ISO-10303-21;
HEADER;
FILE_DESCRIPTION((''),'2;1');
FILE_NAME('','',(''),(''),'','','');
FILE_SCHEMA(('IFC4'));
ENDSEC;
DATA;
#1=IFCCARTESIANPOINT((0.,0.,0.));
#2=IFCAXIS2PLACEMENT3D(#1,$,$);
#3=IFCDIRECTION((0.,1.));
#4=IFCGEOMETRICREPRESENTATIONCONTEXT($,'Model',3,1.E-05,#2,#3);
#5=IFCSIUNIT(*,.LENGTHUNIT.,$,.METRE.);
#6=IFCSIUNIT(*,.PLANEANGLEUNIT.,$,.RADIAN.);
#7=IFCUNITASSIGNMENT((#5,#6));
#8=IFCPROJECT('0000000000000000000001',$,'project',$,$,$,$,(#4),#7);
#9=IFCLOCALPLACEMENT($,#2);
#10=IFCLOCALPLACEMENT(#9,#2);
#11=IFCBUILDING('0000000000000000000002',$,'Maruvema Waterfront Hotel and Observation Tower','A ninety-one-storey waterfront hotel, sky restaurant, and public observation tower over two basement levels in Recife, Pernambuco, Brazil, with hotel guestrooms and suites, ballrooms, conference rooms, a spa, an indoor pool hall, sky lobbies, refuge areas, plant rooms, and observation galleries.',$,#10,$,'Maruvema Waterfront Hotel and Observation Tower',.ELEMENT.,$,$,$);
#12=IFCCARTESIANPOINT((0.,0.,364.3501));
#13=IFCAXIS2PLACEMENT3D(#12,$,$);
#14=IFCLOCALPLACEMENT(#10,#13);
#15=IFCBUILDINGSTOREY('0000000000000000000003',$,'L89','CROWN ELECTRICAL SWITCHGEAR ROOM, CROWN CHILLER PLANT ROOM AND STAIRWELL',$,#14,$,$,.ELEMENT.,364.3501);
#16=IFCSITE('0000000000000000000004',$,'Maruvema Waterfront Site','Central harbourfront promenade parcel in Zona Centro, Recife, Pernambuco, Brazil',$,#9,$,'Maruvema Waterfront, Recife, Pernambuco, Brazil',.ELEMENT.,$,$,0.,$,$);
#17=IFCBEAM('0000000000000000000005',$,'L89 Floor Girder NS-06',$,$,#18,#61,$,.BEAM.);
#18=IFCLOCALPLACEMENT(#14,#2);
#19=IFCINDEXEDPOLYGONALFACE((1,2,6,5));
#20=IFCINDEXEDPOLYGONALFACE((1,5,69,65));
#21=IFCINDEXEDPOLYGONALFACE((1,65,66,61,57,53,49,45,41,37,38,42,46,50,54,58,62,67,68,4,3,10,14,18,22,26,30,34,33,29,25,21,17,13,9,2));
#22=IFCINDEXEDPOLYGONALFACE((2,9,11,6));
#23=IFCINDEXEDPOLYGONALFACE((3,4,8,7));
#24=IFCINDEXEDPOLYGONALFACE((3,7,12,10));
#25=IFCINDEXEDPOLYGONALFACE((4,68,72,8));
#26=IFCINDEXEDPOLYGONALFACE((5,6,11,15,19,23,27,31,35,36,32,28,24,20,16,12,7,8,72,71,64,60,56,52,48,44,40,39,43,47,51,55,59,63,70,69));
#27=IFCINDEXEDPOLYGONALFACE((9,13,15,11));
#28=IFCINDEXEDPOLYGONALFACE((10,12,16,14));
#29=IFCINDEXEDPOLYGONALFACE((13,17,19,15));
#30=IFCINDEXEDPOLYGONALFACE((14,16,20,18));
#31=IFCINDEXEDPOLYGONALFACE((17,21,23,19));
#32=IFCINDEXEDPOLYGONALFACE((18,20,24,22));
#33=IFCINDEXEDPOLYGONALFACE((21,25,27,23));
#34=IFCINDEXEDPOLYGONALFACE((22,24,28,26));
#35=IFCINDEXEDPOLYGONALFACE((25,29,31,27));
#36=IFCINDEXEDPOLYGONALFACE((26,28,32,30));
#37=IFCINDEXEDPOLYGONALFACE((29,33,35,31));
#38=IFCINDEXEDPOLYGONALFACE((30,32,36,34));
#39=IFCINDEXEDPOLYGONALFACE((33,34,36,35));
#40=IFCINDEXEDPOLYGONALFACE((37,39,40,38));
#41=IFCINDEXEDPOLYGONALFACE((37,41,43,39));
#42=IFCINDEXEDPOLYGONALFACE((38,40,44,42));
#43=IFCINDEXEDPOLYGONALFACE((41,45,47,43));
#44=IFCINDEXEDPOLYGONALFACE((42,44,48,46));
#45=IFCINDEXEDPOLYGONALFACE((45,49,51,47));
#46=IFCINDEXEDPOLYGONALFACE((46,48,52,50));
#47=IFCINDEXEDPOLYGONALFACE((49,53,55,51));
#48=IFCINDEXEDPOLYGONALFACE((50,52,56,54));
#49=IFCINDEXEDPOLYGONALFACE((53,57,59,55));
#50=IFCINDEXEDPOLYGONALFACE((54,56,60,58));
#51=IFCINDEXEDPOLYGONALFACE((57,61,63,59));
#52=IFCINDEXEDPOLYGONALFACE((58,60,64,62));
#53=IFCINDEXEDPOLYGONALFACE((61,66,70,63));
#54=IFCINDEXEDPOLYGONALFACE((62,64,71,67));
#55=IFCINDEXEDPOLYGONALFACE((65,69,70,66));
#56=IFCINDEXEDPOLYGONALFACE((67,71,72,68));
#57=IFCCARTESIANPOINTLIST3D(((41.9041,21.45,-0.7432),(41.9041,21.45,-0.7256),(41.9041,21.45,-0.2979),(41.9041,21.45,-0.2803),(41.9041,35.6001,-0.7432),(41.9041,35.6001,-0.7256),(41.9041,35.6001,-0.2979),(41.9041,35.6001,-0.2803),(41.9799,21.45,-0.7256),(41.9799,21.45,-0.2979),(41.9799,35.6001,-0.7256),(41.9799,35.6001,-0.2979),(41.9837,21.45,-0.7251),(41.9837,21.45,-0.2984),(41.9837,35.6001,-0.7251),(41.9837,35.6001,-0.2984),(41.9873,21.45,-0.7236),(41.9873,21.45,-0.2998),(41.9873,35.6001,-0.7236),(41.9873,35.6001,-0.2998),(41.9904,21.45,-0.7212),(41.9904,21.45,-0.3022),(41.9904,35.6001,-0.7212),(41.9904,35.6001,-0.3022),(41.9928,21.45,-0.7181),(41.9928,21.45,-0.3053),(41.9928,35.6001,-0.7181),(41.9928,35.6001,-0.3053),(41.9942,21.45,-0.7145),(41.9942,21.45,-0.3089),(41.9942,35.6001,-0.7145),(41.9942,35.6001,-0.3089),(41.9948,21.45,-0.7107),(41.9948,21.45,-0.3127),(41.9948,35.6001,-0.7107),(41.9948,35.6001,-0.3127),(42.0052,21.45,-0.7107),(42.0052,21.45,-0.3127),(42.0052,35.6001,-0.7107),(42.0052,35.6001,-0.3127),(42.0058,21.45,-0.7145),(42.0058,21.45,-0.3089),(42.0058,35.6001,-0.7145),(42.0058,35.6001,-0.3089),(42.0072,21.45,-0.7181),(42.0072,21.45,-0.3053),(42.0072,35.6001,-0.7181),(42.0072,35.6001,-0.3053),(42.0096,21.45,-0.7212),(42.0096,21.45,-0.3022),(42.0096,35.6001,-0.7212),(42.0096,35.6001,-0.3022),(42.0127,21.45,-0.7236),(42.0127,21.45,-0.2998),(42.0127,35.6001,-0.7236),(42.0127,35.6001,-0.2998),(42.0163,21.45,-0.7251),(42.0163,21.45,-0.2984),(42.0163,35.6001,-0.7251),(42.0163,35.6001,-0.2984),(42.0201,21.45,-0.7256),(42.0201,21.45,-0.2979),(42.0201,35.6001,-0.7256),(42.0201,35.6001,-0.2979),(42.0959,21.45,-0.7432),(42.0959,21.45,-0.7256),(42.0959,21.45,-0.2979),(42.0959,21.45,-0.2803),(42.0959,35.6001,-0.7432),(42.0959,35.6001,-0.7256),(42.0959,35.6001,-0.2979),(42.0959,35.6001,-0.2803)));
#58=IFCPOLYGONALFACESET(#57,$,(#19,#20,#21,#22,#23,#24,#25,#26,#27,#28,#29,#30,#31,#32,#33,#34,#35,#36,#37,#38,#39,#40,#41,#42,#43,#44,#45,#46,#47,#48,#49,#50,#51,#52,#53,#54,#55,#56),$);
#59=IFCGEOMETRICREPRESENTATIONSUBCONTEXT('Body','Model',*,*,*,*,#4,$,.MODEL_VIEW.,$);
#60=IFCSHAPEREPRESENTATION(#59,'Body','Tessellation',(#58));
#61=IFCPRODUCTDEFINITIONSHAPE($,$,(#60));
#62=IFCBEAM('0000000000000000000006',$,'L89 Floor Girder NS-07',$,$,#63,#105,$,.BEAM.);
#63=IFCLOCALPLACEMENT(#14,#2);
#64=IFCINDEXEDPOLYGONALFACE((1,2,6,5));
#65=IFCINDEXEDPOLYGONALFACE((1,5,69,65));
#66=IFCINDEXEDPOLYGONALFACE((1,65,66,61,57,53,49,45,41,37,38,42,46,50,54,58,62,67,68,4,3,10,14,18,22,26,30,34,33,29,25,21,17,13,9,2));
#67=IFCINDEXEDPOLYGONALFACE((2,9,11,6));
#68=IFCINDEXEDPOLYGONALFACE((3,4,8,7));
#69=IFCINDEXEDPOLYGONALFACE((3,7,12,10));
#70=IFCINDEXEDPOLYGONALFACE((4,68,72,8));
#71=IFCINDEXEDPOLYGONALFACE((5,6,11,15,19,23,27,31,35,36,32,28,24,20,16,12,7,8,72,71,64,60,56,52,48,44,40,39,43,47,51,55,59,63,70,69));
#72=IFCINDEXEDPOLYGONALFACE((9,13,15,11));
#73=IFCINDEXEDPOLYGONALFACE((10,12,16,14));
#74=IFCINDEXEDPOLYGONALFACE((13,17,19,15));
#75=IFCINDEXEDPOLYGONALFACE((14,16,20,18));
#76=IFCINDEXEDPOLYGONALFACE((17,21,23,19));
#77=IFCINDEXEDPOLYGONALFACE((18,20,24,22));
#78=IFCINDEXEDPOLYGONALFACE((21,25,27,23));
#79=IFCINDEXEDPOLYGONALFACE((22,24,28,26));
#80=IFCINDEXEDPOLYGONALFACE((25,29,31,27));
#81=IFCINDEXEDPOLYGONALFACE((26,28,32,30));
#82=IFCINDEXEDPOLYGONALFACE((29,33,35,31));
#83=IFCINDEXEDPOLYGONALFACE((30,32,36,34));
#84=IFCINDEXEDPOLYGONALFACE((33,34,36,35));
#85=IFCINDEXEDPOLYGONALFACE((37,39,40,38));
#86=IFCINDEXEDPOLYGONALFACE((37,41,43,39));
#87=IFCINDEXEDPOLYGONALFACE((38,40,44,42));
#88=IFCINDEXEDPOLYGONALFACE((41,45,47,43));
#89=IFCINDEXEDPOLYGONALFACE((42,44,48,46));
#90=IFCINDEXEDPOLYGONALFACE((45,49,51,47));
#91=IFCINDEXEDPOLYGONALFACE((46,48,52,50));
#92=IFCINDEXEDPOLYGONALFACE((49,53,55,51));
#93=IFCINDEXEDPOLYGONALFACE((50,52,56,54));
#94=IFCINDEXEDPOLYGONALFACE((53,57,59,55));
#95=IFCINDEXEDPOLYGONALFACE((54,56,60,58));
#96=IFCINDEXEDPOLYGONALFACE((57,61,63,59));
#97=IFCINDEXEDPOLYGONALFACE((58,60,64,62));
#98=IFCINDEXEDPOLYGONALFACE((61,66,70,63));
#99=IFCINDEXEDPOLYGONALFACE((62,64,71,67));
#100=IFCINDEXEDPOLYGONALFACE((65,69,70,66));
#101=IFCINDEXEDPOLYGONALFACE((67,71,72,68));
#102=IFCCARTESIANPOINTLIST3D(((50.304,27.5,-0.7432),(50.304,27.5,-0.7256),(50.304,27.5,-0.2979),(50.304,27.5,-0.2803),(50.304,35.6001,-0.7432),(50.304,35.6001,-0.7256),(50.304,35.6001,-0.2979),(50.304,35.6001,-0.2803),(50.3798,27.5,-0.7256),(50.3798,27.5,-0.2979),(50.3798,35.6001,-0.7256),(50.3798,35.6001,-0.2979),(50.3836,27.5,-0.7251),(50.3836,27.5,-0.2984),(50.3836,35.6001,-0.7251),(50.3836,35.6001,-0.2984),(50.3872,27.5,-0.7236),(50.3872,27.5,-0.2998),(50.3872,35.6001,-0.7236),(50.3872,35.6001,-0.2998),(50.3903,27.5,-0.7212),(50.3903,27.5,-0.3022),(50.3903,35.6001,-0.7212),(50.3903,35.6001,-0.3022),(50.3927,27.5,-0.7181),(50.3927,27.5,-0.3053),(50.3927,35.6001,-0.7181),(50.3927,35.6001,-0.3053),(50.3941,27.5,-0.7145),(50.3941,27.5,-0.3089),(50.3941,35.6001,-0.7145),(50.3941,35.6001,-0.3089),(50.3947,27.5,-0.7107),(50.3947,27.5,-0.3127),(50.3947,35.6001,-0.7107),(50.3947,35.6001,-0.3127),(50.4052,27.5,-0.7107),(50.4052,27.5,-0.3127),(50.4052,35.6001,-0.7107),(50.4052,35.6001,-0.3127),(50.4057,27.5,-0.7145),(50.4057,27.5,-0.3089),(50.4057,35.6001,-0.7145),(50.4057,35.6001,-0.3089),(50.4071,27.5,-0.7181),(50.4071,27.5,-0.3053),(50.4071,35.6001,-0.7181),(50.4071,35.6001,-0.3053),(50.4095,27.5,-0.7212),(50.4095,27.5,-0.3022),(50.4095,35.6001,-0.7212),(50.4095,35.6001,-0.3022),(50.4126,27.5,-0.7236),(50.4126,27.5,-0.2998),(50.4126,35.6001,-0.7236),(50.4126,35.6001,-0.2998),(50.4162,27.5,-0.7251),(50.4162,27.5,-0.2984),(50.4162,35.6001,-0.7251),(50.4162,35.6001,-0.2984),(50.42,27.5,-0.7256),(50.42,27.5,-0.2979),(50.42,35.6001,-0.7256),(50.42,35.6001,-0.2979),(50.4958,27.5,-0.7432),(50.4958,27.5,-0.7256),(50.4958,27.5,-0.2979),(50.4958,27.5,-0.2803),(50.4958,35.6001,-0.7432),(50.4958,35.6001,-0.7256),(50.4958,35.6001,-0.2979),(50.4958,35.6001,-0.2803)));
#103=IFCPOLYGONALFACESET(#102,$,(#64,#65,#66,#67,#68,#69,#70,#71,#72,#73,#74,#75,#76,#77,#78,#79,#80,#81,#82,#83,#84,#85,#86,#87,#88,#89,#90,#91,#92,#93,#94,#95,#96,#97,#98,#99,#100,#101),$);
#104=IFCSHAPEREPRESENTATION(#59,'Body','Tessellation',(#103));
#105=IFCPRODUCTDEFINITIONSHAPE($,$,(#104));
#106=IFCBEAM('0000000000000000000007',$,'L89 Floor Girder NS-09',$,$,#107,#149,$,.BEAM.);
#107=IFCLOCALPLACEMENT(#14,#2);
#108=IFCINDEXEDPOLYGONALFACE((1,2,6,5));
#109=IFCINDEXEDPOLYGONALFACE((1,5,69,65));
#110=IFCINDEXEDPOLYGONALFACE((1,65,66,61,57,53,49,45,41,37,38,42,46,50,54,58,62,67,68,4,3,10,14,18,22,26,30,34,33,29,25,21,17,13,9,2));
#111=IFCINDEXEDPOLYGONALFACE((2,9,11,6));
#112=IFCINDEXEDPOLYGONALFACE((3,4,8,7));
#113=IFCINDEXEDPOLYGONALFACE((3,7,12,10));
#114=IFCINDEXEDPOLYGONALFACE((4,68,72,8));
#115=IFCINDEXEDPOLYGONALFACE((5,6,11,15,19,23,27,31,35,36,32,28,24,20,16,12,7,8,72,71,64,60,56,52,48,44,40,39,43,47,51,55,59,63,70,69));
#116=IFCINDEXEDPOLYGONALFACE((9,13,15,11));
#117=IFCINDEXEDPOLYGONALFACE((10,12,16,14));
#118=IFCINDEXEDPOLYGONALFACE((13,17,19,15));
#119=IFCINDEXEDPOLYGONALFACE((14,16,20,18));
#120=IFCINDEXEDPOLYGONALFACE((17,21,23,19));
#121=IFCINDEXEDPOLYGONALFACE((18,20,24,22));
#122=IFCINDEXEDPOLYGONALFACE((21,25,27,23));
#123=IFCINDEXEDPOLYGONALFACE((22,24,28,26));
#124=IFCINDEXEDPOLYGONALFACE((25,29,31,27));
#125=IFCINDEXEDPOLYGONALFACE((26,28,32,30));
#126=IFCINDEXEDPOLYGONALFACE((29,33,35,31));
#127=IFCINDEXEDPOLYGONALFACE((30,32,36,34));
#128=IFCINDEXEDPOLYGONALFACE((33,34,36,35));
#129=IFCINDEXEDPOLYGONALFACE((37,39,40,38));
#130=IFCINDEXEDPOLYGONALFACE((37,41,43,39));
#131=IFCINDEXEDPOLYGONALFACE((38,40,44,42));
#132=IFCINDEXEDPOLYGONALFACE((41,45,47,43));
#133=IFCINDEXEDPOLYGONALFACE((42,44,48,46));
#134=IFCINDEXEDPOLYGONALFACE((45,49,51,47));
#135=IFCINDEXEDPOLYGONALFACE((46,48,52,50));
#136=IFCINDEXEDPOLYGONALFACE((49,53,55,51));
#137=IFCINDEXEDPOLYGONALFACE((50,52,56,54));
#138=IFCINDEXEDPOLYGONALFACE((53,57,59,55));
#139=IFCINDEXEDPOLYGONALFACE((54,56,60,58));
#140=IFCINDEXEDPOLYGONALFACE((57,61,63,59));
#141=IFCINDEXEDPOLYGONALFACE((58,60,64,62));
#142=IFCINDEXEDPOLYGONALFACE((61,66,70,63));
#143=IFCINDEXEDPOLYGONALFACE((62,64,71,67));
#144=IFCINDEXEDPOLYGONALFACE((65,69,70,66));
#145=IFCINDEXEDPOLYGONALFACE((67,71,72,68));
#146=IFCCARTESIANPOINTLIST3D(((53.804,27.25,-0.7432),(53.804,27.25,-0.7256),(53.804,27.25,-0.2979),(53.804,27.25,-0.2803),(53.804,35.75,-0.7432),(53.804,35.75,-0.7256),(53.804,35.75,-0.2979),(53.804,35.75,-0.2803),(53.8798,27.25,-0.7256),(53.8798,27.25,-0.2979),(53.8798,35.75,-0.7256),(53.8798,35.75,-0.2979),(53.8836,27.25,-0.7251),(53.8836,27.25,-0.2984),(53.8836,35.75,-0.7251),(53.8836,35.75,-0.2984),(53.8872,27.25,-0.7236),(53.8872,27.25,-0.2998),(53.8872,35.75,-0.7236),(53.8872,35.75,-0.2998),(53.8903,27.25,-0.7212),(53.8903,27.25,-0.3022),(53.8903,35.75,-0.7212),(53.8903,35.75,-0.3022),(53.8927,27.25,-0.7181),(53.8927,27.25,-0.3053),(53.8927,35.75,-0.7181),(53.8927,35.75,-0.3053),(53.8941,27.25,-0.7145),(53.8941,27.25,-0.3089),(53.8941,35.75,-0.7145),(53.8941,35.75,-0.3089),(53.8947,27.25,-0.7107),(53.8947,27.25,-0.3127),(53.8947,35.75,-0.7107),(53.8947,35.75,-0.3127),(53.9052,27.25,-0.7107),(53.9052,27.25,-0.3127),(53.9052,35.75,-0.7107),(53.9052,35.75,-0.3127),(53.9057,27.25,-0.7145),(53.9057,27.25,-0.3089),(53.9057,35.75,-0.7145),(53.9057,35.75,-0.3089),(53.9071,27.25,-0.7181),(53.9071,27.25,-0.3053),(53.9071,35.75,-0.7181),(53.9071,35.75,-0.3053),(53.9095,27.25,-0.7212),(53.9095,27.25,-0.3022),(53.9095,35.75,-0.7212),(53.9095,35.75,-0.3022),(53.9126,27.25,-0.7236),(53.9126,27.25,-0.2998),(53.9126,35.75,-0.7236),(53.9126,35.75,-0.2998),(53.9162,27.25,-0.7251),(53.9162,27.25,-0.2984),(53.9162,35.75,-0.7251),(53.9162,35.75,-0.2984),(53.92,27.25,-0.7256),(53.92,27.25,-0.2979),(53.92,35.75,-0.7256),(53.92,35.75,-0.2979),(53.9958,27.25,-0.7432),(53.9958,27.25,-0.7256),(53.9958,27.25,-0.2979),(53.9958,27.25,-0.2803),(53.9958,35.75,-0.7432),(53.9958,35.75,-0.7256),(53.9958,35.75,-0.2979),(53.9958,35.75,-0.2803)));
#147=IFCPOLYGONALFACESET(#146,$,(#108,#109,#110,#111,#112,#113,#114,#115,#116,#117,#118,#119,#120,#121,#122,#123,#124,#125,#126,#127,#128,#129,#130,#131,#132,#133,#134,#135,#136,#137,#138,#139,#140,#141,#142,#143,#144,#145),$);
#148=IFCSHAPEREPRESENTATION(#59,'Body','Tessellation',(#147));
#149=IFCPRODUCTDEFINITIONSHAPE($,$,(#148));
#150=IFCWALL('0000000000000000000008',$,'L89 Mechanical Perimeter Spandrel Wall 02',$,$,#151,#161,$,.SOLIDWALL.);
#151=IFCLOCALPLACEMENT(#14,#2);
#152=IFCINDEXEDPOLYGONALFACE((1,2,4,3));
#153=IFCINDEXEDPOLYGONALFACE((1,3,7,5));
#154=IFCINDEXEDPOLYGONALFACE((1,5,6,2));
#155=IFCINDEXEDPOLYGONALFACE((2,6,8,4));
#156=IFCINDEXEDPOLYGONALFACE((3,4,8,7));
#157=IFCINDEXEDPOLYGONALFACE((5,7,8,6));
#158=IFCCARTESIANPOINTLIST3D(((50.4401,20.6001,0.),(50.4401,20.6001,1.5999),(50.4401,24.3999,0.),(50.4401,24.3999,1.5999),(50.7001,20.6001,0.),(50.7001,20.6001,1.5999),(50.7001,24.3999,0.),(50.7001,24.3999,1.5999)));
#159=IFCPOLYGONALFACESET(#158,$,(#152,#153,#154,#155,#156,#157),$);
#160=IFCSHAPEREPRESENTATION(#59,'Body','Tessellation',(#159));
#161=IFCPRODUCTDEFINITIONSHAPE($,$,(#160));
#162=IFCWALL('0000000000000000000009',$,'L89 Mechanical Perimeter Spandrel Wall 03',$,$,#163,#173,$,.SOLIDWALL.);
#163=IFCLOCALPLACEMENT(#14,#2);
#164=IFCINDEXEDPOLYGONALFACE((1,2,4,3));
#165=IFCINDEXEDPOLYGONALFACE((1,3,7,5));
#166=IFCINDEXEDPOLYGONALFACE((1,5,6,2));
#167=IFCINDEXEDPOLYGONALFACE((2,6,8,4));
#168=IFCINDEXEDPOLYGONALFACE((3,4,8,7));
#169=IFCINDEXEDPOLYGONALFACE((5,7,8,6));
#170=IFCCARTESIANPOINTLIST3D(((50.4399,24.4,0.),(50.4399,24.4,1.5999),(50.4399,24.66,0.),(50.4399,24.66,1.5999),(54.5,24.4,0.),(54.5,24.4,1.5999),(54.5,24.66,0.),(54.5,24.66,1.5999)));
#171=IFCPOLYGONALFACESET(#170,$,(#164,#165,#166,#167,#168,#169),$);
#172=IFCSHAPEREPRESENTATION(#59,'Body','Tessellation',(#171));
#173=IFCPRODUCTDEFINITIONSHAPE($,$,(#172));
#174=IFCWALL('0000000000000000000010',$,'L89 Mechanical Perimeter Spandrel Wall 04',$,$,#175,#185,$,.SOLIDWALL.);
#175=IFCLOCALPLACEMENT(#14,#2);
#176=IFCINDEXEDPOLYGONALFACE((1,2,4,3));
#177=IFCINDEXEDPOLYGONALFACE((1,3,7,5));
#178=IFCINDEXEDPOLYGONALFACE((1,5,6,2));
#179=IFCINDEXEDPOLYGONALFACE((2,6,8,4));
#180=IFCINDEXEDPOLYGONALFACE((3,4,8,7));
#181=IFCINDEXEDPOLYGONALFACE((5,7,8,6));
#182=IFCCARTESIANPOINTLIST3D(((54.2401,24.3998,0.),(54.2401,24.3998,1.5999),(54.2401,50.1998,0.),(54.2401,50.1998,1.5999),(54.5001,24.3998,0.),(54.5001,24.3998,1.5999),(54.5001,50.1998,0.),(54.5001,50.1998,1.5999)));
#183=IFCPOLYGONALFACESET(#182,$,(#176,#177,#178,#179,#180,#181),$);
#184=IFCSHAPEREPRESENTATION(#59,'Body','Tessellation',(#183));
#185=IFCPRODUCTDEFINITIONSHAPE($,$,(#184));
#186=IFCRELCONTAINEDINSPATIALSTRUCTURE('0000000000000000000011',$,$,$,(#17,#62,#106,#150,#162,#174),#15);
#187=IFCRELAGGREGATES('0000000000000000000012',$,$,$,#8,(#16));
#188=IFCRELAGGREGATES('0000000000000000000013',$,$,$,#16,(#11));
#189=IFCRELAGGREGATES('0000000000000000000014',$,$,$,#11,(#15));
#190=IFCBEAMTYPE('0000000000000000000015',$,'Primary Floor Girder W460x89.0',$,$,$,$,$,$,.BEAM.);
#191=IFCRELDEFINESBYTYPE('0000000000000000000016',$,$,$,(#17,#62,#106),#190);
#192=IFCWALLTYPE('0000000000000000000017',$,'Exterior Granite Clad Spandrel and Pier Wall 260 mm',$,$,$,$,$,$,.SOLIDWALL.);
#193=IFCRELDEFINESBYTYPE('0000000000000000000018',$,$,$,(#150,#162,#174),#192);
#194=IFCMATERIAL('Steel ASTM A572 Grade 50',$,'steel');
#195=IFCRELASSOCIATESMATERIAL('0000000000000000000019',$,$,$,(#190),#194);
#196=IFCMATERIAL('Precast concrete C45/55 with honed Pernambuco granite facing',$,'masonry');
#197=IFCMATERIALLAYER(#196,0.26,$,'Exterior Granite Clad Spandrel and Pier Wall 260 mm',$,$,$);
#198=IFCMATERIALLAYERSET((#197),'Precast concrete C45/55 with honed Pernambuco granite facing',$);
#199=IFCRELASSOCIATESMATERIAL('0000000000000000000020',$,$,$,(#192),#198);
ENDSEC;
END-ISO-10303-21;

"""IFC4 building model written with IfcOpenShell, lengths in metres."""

from ifc_helpers import new_model, si_unit, direction, frame, frame_2d, origin, origin_2d, place, context, subcontext, project, spatial, rectangle, i_section, extrude, material, layer, layer_set, material_profile, profile_set, type_object, element, save


model = new_model("IFC4")

# Units and contexts
model_context = context("Model", 3, precision=1e-05, world=origin(), true_north=direction((0.0, 1.0)))
body_context = subcontext(model_context, "Body", "Model", "MODEL_VIEW")
ifc_project = project(units=[si_unit("LENGTHUNIT", "METRE"), si_unit("PLANEANGLEUNIT", "RADIAN")], contexts=[model_context])

# Site, building, storey
site_placement = place(None, origin())
site = spatial("IfcSite", under=ifc_project, at=site_placement, Name="Maruvema Waterfront Site", Description="Central harbourfront promenade parcel in Zona Centro, Recife, Pernambuco, Brazil", LongName="Maruvema Waterfront, Recife, Pernambuco, Brazil", CompositionType="ELEMENT", RefElevation=0.0)
building_placement = place(site_placement, origin())
building = spatial("IfcBuilding", under=site, at=building_placement, Name="Maruvema Waterfront Hotel and Observation Tower", Description="A ninety-one-storey waterfront hotel, sky restaurant, and public observation tower over two basement levels in Recife, Pernambuco, Brazil, with hotel guestrooms and suites, ballrooms, conference rooms, a spa, an indoor pool hall, sky lobbies, refuge areas, plant rooms, and observation galleries.", LongName="Maruvema Waterfront Hotel and Observation Tower", CompositionType="ELEMENT")
storey_placement = place(building_placement, frame((0.0, 0.0, 364.3501)))
storey = spatial("IfcBuildingStorey", under=building, at=storey_placement, Name="L89", Description="CROWN ELECTRICAL SWITCHGEAR ROOM, CROWN CHILLER PLANT ROOM AND STAIRWELL", CompositionType="ELEMENT", Elevation=364.3501)

# Beams
ifc_material_1 = material(Name="Steel ASTM A572 Grade 50", Category="steel")
ifc_material_profile_1 = material_profile(ifc_material_1, i_section(OverallWidth=0.1919, OverallDepth=0.4629, WebThickness=0.0105, FlangeThickness=0.0176, FilletRadius=0.0149, at=origin_2d()), Name="W460x89.0")
ifc_profile_set_1 = profile_set([ifc_material_profile_1], Name="Steel ASTM A572 Grade 50")
beam_type = type_object("IfcBeamType", Name="Primary Floor Girder W460x89.0", PredefinedType="BEAM", material=ifc_profile_set_1)
beam_1_placement = place(storey_placement, frame((42.0, 21.45, -0.5117), z_axis=(0.0, 1.0, 0.0), x_axis=(-1.0, 0.0, 0.0)))
element("IfcBeam", 1, at=beam_1_placement, inside=storey, type_object=beam_type, Name="L89 Floor Girder NS-06", PredefinedType="BEAM", context=body_context, shape_type="SweptSolid", body=[
    extrude(i_section(OverallWidth=0.1919, OverallDepth=0.4629, WebThickness=0.0105, FlangeThickness=0.0176, FilletRadius=0.0149, at=origin_2d()), origin(), (0.0, 0.0, 1.0), 14.1501),
])
beam_2_placement = place(storey_placement, frame((50.3999, 27.5, -0.5117), z_axis=(0.0, 1.0, 0.0), x_axis=(-1.0, 0.0, 0.0)))
element("IfcBeam", 2, at=beam_2_placement, inside=storey, type_object=beam_type, Name="L89 Floor Girder NS-07", PredefinedType="BEAM", context=body_context, shape_type="SweptSolid", body=[
    extrude(i_section(OverallWidth=0.1919, OverallDepth=0.4629, WebThickness=0.0105, FlangeThickness=0.0176, FilletRadius=0.0149, at=origin_2d()), origin(), (0.0, 0.0, 1.0), 8.1001),
])
beam_3_placement = place(storey_placement, frame((53.8999, 27.25, -0.5117), z_axis=(0.0, 1.0, 0.0), x_axis=(-1.0, 0.0, 0.0)))
element("IfcBeam", 3, at=beam_3_placement, inside=storey, type_object=beam_type, Name="L89 Floor Girder NS-09", PredefinedType="BEAM", context=body_context, shape_type="SweptSolid", body=[
    extrude(i_section(OverallWidth=0.1919, OverallDepth=0.4629, WebThickness=0.0105, FlangeThickness=0.0176, FilletRadius=0.0149, at=origin_2d()), origin(), (0.0, 0.0, 1.0), 8.5),
])

# Walls
ifc_material_2 = material(Name="Precast concrete C45/55 with honed Pernambuco granite facing", Category="masonry")
ifc_layer_1 = layer(ifc_material_2, 0.26, Name="Exterior Granite Clad Spandrel and Pier Wall 260 mm")
ifc_layer_set_1 = layer_set([ifc_layer_1], Name="Precast concrete C45/55 with honed Pernambuco granite facing")
wall_type_1 = type_object("IfcWallType", Name="Exterior Granite Clad Spandrel and Pier Wall 260 mm", PredefinedType="SOLIDWALL", material=ifc_layer_set_1)
wall_1_placement = place(storey_placement, frame((50.5701, 20.6001, 0.0), z_axis=(0.0, 0.0, 1.0), x_axis=(0.0, 1.0, 0.0)))
element("IfcWall", 4, at=wall_1_placement, inside=storey, type_object=wall_type_1, Name="L89 Mechanical Perimeter Spandrel Wall 02", PredefinedType="SOLIDWALL", context=body_context, shape_type="SweptSolid", body=[
    extrude(rectangle(XDim=3.7998, YDim=0.26, at=frame_2d((1.8999, 0.0))), origin(), (0.0, 0.0, 1.0), 1.5999),
])
wall_2_placement = place(storey_placement, frame((50.4399, 24.53, 0.0), z_axis=(0.0, 0.0, 1.0), x_axis=(1.0, 0.0, 0.0)))
element("IfcWall", 5, at=wall_2_placement, inside=storey, type_object=wall_type_1, Name="L89 Mechanical Perimeter Spandrel Wall 03", PredefinedType="SOLIDWALL", context=body_context, shape_type="SweptSolid", body=[
    extrude(rectangle(XDim=4.0601, YDim=0.26, at=frame_2d((2.03, 0.0))), origin(), (0.0, 0.0, 1.0), 1.5999),
])
wall_3_placement = place(storey_placement, frame((54.3701, 24.3999, 0.0), z_axis=(0.0, 0.0, 1.0), x_axis=(0.0, 1.0, 0.0)))
element("IfcWall", 6, at=wall_3_placement, inside=storey, type_object=wall_type_1, Name="L89 Mechanical Perimeter Spandrel Wall 04", PredefinedType="SOLIDWALL", context=body_context, shape_type="SweptSolid", body=[
    extrude(rectangle(XDim=25.8, YDim=0.26, at=frame_2d((12.8999, 0.0))), origin(), (0.0, 0.0, 1.0), 1.5999),
])

save(model, "model.ifc")
